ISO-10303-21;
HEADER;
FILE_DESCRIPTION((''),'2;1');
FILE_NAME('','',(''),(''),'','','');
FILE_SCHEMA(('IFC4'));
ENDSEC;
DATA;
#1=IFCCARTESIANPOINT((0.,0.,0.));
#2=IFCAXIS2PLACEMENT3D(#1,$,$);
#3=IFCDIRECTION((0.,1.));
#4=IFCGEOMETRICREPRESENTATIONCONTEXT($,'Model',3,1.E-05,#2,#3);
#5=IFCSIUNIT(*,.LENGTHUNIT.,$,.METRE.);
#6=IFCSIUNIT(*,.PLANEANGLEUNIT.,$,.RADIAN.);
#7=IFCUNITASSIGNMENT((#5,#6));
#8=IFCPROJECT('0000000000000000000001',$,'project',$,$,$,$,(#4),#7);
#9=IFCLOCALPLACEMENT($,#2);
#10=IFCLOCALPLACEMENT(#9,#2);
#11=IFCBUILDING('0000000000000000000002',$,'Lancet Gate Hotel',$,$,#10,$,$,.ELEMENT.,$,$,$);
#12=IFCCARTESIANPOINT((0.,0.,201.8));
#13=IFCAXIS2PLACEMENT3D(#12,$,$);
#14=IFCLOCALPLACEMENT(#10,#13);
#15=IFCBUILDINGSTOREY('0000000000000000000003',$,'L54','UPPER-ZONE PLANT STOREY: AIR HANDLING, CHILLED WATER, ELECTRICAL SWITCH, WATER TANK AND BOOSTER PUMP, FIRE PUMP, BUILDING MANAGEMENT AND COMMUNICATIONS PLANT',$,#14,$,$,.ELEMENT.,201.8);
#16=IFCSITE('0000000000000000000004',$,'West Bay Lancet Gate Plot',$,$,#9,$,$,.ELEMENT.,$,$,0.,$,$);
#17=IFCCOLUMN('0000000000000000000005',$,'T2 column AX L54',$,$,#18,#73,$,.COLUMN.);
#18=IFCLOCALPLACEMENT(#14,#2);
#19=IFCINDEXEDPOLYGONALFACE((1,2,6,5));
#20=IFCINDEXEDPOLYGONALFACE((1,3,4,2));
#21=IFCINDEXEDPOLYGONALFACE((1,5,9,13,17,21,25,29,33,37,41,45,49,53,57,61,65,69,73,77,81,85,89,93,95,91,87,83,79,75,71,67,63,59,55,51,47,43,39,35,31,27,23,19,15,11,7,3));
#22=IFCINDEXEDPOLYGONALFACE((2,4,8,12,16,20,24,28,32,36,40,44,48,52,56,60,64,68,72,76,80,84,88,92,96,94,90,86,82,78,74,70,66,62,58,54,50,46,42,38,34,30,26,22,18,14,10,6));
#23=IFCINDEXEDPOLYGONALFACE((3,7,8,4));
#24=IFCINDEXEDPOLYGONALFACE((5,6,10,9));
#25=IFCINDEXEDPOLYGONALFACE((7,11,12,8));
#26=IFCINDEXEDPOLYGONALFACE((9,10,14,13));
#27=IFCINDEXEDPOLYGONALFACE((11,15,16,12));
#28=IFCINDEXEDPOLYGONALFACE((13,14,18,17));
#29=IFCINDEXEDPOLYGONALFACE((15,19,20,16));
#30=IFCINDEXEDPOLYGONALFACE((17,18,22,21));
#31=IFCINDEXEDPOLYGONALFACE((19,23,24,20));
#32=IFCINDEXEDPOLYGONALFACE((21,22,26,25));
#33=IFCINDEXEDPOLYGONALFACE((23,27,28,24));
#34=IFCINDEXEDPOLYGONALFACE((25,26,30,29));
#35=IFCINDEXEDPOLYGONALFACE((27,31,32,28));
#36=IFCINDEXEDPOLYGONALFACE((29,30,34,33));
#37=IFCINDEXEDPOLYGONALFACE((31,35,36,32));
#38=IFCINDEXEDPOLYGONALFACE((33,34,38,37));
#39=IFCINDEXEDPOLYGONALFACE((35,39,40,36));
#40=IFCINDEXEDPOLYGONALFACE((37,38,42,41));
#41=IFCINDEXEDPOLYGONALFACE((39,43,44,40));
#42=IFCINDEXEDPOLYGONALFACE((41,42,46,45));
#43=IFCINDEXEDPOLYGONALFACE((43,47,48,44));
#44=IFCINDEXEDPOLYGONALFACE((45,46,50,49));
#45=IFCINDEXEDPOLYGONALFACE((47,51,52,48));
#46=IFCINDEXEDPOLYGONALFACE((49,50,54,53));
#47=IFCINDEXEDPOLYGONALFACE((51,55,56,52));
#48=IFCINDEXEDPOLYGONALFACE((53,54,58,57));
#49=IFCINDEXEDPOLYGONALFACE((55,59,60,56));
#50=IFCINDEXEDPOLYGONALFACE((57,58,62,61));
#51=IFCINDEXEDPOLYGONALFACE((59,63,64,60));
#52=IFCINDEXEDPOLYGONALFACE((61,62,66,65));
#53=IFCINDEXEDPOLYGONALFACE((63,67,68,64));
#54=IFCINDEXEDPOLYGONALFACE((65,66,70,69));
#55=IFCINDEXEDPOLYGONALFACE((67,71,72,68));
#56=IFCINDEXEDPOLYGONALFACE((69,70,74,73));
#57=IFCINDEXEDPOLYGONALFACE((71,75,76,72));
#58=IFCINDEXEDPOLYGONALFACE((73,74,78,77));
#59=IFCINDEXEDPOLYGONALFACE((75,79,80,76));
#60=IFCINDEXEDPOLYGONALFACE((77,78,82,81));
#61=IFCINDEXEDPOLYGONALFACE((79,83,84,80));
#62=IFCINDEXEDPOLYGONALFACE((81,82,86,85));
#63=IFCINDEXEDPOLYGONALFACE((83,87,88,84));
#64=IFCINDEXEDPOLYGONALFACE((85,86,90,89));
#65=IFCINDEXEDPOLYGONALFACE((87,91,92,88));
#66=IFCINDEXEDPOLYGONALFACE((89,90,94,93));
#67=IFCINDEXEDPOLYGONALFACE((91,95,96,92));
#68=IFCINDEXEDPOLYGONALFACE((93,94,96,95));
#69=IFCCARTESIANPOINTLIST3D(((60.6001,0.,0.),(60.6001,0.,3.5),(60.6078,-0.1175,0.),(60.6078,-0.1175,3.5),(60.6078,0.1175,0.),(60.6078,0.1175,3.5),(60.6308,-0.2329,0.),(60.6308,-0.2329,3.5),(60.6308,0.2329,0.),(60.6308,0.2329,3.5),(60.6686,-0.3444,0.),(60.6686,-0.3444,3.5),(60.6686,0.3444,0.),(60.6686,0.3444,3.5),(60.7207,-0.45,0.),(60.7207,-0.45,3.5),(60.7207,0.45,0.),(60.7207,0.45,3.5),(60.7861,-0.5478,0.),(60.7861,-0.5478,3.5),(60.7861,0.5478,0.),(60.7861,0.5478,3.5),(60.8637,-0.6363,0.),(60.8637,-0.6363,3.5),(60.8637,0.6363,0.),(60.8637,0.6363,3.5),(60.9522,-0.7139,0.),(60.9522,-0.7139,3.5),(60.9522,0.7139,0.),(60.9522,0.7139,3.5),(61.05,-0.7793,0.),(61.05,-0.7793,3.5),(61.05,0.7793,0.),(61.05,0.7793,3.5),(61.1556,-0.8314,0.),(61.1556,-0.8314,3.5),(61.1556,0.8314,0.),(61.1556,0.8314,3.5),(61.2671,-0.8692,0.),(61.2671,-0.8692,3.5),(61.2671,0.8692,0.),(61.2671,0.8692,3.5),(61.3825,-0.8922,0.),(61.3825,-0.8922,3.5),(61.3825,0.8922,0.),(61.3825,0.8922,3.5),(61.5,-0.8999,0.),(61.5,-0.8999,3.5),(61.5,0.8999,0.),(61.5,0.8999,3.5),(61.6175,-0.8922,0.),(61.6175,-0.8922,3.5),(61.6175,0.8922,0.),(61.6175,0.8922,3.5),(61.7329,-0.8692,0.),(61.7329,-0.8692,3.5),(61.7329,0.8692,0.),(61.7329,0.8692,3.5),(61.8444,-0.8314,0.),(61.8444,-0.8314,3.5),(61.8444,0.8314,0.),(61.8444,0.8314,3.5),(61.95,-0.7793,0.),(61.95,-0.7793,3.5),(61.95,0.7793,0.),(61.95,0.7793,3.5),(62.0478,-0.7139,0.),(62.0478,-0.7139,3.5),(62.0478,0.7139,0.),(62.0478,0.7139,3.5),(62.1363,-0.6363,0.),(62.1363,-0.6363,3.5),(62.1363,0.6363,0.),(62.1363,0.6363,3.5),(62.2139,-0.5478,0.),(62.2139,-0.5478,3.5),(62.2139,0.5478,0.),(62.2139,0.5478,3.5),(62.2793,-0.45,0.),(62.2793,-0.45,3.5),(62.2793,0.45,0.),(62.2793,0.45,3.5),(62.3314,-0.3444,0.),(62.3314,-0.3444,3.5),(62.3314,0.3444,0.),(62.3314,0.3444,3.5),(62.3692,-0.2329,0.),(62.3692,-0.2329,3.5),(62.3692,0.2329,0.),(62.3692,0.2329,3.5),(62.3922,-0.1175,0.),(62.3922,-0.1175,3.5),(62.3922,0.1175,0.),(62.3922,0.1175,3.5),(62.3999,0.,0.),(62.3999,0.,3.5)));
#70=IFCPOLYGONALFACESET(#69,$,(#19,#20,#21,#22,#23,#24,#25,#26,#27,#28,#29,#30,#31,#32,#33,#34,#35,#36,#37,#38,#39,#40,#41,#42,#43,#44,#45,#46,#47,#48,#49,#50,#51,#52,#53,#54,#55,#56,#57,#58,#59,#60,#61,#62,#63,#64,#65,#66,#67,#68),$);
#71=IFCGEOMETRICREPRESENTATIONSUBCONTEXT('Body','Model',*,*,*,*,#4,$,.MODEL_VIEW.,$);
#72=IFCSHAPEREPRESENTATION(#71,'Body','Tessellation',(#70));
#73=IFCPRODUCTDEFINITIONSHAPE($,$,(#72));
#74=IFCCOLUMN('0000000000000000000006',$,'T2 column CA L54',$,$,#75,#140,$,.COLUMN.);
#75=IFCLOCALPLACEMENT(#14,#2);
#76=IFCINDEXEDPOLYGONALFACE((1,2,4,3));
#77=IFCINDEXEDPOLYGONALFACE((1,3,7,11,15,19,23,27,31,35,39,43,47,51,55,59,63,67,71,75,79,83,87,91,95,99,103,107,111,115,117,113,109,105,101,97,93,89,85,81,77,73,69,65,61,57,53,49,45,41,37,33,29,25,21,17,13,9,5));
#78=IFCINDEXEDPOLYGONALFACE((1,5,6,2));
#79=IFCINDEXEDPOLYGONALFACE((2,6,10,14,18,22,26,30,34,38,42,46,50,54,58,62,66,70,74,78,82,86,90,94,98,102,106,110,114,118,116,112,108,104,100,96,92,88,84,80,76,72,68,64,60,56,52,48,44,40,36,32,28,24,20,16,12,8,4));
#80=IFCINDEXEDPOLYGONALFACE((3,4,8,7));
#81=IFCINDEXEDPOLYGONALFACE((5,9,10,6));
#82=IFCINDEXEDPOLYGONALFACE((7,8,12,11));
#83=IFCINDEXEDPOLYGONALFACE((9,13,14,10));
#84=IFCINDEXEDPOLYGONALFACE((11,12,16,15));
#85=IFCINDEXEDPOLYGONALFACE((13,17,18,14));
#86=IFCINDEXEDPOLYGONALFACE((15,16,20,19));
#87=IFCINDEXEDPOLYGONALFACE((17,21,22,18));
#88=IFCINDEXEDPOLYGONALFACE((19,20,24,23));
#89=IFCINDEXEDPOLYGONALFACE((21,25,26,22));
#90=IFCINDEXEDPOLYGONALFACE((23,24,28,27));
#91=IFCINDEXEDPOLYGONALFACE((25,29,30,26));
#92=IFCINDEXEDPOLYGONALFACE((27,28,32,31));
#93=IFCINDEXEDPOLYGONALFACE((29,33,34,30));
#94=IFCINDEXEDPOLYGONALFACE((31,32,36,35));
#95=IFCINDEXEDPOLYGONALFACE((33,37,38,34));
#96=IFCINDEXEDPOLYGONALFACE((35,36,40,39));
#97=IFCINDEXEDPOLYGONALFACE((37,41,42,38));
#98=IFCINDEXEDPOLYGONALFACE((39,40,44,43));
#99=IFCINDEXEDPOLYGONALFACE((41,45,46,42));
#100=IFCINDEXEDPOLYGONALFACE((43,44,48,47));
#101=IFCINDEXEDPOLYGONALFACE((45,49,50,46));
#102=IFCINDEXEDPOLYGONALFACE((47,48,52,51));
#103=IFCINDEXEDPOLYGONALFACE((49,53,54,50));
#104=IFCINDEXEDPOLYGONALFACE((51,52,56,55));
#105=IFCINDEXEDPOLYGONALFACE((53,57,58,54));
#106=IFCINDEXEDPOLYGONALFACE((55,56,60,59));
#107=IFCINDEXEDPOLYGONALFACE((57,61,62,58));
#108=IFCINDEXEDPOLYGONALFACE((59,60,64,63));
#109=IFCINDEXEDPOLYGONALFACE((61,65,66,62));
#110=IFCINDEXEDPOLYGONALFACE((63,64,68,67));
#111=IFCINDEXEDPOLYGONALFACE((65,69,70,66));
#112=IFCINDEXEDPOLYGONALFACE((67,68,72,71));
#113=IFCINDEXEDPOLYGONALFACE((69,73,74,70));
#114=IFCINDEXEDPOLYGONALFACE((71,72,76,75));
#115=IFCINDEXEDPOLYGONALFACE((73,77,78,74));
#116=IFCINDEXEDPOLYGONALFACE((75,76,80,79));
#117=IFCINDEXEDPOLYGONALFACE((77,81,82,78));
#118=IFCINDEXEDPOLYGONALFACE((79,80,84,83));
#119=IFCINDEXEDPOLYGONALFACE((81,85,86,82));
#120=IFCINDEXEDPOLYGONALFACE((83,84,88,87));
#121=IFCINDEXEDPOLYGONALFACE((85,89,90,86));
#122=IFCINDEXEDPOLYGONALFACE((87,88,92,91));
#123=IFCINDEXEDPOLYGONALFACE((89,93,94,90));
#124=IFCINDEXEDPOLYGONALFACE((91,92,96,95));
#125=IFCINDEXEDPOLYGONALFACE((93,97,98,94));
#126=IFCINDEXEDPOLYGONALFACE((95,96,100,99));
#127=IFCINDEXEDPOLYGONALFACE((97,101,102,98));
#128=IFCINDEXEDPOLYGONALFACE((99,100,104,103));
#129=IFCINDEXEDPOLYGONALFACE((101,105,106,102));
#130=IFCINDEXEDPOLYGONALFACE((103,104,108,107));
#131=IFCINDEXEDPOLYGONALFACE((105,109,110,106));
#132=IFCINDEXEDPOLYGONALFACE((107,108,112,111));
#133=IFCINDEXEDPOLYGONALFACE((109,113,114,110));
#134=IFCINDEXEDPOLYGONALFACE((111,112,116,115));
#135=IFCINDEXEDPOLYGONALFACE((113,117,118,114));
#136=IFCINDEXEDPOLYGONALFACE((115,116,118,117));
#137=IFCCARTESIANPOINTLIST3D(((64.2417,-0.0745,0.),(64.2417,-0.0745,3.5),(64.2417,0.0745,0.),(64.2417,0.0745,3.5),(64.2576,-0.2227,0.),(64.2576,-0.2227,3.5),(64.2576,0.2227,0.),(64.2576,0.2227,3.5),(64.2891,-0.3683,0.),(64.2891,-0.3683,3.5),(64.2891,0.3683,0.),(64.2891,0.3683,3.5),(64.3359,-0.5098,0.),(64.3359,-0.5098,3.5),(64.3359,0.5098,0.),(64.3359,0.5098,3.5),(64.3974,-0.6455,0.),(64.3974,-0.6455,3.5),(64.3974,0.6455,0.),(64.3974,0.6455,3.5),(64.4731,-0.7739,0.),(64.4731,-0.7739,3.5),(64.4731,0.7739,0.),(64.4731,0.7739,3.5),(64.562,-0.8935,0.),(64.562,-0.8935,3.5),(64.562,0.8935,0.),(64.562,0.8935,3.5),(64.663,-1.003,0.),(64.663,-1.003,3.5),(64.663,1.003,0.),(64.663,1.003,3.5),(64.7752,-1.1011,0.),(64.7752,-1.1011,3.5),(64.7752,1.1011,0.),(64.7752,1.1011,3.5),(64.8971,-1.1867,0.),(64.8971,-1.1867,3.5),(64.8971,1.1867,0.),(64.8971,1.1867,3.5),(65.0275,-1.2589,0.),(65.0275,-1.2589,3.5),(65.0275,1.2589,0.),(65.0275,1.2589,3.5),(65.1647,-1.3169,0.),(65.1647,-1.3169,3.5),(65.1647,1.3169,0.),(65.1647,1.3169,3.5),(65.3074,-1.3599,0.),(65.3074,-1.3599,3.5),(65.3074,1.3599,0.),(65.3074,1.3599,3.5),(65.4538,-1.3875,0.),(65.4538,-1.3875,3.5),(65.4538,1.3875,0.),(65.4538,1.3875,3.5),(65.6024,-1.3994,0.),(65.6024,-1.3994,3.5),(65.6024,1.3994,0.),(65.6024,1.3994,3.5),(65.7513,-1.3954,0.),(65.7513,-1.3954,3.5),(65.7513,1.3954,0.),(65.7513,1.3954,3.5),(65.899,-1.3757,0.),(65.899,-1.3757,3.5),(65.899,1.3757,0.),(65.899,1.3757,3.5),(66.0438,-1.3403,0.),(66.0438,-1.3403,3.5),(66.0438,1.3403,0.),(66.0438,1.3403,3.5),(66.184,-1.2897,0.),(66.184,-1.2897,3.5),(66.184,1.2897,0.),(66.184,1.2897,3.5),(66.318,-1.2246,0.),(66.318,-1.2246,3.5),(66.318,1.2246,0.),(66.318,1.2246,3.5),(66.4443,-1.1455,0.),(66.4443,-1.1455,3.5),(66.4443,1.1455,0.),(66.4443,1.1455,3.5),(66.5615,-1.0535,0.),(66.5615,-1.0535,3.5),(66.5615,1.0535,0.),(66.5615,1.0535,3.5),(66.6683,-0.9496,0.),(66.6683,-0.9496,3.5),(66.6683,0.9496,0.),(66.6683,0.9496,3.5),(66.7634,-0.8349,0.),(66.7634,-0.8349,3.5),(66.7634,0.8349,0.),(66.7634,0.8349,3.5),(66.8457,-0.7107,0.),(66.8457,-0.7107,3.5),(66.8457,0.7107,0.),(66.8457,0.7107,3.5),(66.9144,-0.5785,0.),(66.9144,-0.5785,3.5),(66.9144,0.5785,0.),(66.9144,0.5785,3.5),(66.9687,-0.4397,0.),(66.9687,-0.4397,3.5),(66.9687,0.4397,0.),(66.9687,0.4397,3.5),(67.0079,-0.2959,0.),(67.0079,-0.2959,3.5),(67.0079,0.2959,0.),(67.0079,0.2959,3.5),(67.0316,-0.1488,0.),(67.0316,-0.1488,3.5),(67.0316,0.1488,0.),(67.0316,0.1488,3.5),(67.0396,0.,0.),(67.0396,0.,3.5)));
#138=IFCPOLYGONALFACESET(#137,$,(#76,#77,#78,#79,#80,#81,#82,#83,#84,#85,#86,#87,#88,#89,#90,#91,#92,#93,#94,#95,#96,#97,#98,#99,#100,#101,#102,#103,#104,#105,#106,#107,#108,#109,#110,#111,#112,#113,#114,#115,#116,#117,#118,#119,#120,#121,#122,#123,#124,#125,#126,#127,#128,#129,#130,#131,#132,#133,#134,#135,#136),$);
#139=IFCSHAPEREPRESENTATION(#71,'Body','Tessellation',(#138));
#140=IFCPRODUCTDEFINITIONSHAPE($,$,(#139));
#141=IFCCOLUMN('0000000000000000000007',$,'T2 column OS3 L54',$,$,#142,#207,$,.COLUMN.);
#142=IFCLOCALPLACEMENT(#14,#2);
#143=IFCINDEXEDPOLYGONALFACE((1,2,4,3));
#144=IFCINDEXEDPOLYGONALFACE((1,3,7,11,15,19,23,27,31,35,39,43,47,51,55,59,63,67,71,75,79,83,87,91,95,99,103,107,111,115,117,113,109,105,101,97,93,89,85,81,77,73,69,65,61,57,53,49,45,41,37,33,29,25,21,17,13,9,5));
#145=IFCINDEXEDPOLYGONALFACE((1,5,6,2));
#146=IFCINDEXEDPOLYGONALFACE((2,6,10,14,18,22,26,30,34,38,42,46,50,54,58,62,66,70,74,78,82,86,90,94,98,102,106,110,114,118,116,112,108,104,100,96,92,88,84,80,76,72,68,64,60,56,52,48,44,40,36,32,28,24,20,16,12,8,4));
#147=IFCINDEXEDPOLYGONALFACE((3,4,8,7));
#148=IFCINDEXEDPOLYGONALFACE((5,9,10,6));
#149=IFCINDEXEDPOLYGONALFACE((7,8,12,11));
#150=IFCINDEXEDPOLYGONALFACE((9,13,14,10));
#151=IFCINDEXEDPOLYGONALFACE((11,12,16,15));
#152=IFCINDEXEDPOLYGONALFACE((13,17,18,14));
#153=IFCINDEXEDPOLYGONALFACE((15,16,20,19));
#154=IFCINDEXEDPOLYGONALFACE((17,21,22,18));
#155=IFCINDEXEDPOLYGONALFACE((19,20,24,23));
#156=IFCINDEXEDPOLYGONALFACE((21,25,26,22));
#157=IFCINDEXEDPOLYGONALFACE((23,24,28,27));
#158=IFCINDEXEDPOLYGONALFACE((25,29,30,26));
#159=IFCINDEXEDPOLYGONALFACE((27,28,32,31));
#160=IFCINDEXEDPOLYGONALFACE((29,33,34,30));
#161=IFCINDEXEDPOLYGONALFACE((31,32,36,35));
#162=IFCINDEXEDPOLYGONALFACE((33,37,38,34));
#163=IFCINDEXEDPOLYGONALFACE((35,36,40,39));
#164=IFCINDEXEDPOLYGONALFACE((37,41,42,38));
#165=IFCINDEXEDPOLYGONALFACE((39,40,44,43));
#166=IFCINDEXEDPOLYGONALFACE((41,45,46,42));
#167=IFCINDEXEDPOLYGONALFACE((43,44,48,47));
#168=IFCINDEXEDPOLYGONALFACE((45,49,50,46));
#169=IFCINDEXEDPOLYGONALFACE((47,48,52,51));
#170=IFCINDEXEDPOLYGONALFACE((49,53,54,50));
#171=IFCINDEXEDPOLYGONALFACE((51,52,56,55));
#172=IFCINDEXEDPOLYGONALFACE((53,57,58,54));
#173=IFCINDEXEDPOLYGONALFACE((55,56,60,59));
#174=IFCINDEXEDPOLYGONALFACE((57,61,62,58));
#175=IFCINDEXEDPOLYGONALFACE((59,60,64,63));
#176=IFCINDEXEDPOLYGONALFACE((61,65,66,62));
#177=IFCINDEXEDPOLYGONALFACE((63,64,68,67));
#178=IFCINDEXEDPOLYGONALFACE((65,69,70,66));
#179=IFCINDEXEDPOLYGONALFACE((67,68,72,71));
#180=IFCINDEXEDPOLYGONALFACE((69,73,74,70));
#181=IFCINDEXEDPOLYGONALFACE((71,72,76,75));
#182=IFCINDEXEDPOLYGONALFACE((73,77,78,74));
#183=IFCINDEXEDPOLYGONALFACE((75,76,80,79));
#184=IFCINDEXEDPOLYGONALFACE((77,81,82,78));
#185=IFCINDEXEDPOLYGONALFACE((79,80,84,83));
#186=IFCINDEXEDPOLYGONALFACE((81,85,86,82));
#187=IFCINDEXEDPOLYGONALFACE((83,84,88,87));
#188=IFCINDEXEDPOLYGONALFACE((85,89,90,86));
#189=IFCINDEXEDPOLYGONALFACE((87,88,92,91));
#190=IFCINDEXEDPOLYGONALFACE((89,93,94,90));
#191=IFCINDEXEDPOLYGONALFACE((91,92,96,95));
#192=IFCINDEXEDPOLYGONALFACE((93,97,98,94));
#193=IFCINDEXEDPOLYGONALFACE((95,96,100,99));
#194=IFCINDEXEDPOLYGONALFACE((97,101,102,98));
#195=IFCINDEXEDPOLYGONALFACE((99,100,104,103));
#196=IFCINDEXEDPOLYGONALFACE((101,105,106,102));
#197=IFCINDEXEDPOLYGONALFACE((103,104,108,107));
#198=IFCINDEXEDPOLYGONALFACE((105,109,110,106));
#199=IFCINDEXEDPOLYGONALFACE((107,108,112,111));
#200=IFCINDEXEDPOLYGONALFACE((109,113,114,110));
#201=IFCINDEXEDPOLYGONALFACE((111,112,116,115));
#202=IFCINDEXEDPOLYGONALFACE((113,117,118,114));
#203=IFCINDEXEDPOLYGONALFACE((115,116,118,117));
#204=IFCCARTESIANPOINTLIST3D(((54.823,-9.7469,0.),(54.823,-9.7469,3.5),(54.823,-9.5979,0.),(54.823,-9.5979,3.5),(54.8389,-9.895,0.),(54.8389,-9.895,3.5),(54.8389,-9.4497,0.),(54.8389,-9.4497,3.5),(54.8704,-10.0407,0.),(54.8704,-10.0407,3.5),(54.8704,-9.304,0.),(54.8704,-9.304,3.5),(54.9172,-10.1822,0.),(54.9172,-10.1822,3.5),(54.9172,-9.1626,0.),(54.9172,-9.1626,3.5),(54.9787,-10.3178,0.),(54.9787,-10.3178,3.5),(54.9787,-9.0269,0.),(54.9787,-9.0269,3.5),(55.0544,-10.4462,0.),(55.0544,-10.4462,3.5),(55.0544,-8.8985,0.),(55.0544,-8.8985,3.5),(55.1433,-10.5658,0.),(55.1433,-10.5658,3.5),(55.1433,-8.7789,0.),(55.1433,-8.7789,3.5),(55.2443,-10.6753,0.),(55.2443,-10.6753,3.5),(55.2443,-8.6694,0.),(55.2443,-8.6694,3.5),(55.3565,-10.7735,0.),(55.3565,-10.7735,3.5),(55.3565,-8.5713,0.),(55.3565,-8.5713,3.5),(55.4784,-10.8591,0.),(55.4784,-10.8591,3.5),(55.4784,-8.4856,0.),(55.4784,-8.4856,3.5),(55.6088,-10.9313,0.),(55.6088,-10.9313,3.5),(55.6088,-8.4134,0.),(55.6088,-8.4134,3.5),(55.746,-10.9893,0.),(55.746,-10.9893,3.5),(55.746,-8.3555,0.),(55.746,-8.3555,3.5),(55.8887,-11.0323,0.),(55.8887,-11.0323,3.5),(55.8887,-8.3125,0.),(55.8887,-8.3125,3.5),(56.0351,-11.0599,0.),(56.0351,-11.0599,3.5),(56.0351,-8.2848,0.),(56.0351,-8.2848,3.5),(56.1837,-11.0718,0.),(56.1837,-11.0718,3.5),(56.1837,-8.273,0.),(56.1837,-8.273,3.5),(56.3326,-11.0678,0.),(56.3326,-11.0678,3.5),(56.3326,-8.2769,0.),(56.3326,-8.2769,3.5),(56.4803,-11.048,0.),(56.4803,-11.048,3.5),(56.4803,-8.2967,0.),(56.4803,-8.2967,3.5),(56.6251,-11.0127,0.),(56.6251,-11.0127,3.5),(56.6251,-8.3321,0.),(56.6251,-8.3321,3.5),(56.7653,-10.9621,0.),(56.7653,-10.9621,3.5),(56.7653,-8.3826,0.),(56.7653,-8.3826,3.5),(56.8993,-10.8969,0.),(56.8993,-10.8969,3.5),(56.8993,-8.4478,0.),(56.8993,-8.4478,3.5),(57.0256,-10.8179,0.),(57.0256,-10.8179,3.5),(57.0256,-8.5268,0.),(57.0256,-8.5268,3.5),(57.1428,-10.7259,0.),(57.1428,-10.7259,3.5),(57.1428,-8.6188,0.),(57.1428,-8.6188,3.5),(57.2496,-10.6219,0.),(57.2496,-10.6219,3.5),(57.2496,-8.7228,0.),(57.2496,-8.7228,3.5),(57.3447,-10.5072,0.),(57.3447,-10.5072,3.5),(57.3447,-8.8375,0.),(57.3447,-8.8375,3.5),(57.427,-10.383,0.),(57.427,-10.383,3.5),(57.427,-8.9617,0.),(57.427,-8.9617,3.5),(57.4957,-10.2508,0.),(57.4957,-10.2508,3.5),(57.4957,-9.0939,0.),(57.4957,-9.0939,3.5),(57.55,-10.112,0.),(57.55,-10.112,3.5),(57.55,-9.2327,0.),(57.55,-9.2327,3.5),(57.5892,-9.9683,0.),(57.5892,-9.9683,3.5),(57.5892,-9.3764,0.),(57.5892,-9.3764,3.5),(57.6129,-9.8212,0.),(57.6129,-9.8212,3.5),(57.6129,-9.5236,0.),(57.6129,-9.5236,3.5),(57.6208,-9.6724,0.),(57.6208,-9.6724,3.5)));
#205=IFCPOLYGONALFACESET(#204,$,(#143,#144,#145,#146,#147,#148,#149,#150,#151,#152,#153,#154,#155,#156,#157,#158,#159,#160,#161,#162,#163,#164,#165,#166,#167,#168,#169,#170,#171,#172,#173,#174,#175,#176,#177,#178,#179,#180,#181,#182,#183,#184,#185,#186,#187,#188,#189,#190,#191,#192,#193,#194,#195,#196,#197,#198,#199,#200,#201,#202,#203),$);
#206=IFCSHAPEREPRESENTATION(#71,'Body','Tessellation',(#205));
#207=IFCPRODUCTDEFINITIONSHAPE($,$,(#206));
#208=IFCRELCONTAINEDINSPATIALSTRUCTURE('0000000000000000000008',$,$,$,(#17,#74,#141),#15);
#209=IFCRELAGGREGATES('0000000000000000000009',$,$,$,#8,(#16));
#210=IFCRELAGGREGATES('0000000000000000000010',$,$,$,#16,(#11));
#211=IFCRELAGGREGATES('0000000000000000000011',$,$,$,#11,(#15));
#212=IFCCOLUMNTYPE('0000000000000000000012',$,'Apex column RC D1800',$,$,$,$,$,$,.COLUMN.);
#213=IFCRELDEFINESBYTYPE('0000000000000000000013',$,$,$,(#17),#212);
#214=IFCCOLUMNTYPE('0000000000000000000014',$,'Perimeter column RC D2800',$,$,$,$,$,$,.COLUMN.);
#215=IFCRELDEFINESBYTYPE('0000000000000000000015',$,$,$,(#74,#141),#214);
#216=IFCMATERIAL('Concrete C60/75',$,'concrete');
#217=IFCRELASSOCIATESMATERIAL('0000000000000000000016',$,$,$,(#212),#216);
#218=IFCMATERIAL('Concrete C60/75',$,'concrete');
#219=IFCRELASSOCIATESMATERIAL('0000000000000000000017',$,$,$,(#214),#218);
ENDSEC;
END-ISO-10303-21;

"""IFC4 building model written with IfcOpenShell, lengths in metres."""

from ifc_helpers import new_model, si_unit, direction, frame, origin, origin_2d, place, context, subcontext, project, spatial, circle, extrude, material, material_profile, profile_set, type_object, element, save


model = new_model("IFC4")

# Units and contexts
model_context = context("Model", 3, precision=1e-05, world=origin(), true_north=direction((0.0, 1.0)))
body_context = subcontext(model_context, "Body", "Model", "MODEL_VIEW")
ifc_project = project(units=[si_unit("LENGTHUNIT", "METRE"), si_unit("PLANEANGLEUNIT", "RADIAN")], contexts=[model_context])

# Site, building, storey
site_placement = place(None, origin())
site = spatial("IfcSite", under=ifc_project, at=site_placement, Name="West Bay Lancet Gate Plot", CompositionType="ELEMENT", RefElevation=0.0)
building_placement = place(site_placement, origin())
building = spatial("IfcBuilding", under=site, at=building_placement, Name="Lancet Gate Hotel", CompositionType="ELEMENT")
storey_placement = place(building_placement, frame((0.0, 0.0, 201.8)))
storey = spatial("IfcBuildingStorey", under=building, at=storey_placement, Name="L54", Description="UPPER-ZONE PLANT STOREY: AIR HANDLING, CHILLED WATER, ELECTRICAL SWITCH, WATER TANK AND BOOSTER PUMP, FIRE PUMP, BUILDING MANAGEMENT AND COMMUNICATIONS PLANT", CompositionType="ELEMENT", Elevation=201.8)

# Columns
ifc_material_1 = material(Name="Concrete C60/75", Category="concrete")
ifc_material_profile_1 = material_profile(ifc_material_1, circle(Radius=0.8999, at=origin_2d()), Name="RC D1800")
ifc_profile_set_1 = profile_set([ifc_material_profile_1], Name="Concrete C60/75")
column_type_1 = type_object("IfcColumnType", Name="Apex column RC D1800", PredefinedType="COLUMN", material=ifc_profile_set_1)
column_placement = place(storey_placement, frame((61.5, 0.0, 0.0), z_axis=(0.0, 0.0, 1.0), x_axis=(1.0, 0.0, 0.0)))
element("IfcColumn", 1, at=column_placement, inside=storey, type_object=column_type_1, Name="T2 column AX L54", PredefinedType="COLUMN", context=body_context, shape_type="SweptSolid", body=[
    extrude(circle(Radius=0.8999, at=origin_2d()), origin(), (0.0, 0.0, 1.0), 3.5),
])
ifc_material_2 = material(Name="Concrete C60/75", Category="concrete")
ifc_material_profile_2 = material_profile(ifc_material_2, circle(Radius=1.3999, at=origin_2d()), Name="RC D2800")
ifc_profile_set_2 = profile_set([ifc_material_profile_2], Name="Concrete C60/75")
column_type_2 = type_object("IfcColumnType", Name="Perimeter column RC D2800", PredefinedType="COLUMN", material=ifc_profile_set_2)
for number, where, z_axis, x_axis, name in (
    (2, (65.6396, 0.0, 0.0), (0.0, 0.0, 1.0), (1.0, 0.0, 0.0), "T2 column CA L54"),
    (3, (56.2209, -9.6724, 0.0), (0.0, 0.0, 1.0), (1.0, 0.0, 0.0), "T2 column OS3 L54"),
):
    element("IfcColumn", number, at=place(storey_placement, frame(where, z_axis=z_axis, x_axis=x_axis)), inside=storey, type_object=column_type_2, Name=name, PredefinedType="COLUMN", context=body_context, shape_type="SweptSolid", body=[
        extrude(circle(Radius=1.3999, at=origin_2d()), origin(), (0.0, 0.0, 1.0), 3.5),
    ])

save(model, "model.ifc")
